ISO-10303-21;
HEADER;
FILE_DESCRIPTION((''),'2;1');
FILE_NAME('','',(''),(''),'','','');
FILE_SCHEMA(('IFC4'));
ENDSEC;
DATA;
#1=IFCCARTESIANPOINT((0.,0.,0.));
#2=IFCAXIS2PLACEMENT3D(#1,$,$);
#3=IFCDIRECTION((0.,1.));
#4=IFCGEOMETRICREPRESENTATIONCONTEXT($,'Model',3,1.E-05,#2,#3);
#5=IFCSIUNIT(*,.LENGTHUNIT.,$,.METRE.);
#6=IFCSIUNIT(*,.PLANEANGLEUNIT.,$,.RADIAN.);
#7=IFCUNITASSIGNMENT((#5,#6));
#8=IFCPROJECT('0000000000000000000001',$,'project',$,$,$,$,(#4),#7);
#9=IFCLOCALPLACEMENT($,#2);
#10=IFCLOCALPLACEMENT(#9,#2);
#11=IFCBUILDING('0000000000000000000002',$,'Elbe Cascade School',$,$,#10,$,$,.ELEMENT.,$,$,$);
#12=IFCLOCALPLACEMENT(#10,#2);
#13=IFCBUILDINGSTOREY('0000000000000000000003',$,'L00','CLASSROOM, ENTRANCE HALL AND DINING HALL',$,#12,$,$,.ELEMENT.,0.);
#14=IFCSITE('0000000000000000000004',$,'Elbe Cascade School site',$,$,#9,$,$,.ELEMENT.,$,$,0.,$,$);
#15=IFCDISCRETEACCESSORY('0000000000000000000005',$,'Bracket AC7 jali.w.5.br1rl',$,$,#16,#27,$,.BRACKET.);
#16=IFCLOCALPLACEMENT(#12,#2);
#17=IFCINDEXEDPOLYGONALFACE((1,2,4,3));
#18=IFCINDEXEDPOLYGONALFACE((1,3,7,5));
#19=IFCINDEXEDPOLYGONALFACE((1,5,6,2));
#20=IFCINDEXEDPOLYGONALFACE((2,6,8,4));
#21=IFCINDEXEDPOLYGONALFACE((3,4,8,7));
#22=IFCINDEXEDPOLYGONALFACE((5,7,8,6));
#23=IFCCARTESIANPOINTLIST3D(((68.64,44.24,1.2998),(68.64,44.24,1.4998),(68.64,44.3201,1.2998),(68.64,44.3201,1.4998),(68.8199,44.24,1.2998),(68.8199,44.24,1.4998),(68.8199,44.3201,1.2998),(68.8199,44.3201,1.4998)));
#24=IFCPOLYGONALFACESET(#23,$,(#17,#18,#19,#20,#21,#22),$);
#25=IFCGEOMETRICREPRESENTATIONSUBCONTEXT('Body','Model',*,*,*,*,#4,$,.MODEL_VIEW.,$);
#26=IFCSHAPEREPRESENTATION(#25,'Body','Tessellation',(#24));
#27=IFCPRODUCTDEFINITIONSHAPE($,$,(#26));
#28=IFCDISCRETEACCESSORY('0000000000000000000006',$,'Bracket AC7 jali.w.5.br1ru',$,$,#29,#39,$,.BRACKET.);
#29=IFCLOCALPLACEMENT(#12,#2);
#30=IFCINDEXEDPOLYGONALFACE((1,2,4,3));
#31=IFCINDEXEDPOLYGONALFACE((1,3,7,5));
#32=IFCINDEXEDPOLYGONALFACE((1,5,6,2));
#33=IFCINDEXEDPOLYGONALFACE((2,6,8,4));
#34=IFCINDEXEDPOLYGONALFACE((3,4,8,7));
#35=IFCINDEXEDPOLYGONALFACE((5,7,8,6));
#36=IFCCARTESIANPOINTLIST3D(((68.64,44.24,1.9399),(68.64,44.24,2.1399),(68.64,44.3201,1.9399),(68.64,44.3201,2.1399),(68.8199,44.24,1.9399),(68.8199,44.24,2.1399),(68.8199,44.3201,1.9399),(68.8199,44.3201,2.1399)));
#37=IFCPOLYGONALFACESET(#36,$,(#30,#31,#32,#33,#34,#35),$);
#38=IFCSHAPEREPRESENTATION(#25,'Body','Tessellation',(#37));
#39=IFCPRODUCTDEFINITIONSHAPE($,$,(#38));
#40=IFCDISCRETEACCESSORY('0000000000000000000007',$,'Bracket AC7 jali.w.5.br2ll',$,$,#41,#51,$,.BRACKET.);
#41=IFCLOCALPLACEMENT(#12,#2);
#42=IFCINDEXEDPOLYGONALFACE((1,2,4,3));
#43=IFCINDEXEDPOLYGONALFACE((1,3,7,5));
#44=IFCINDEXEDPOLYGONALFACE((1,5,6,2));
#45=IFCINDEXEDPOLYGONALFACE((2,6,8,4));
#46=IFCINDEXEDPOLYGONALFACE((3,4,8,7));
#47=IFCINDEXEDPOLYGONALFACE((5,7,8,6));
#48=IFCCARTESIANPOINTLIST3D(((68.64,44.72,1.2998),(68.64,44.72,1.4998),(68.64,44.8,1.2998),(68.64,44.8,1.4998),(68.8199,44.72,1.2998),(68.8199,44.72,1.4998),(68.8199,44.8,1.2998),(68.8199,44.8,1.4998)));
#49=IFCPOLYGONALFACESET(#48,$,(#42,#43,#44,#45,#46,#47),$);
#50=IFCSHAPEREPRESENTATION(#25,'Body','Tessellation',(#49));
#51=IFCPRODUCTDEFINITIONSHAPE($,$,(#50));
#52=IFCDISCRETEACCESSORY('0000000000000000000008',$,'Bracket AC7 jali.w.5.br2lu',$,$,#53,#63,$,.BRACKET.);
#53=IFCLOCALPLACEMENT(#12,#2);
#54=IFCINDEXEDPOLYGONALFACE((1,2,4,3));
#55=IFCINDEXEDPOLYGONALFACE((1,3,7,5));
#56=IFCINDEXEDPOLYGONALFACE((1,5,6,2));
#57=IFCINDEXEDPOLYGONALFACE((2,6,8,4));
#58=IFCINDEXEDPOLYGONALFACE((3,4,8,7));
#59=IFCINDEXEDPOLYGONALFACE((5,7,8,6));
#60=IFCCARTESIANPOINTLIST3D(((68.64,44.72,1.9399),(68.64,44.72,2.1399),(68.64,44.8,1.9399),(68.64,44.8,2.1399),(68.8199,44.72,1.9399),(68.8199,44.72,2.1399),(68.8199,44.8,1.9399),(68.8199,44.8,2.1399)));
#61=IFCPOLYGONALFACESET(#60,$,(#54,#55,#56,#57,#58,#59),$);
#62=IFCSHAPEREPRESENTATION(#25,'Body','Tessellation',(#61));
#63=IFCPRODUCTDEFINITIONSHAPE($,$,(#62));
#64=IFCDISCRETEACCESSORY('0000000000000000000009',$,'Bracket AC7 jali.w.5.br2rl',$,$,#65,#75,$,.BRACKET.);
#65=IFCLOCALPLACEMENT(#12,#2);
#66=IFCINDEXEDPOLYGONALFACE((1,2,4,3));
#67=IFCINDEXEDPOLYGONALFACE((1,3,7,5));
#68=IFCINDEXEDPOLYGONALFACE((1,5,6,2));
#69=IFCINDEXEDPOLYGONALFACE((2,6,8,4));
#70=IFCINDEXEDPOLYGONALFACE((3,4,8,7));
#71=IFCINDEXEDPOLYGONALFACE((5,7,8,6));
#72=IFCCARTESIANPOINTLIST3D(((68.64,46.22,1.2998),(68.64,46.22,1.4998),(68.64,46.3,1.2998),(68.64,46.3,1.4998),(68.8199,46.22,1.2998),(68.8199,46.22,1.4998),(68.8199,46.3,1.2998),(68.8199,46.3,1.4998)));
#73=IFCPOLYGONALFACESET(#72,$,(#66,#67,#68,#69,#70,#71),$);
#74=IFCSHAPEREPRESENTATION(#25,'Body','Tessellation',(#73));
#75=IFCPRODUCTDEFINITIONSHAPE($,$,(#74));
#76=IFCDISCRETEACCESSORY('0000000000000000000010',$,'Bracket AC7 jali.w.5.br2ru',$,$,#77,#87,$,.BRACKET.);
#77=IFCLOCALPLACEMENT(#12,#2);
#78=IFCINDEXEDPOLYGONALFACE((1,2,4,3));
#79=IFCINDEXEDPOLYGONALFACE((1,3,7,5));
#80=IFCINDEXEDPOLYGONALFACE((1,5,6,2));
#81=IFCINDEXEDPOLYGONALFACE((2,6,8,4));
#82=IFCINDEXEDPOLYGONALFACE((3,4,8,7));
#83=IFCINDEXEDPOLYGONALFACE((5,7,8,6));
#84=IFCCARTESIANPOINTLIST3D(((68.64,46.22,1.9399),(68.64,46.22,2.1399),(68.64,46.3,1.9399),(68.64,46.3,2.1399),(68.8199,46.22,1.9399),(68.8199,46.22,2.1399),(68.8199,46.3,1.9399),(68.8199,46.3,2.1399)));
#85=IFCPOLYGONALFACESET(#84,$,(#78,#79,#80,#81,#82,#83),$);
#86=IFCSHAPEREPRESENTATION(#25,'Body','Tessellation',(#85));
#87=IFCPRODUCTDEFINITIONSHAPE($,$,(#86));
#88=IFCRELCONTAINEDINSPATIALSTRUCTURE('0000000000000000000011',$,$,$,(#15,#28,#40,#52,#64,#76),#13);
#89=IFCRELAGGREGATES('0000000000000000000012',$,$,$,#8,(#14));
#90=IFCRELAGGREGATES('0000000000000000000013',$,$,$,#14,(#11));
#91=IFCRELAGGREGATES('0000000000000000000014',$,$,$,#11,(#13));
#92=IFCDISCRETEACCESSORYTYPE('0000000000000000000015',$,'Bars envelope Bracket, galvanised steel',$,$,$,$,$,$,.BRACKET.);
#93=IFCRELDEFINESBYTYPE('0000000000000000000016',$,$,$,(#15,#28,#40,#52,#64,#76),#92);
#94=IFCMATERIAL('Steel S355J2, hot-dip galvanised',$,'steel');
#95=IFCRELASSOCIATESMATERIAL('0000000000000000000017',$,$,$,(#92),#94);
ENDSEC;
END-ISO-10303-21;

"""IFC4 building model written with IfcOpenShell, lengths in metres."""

from ifc_helpers import new_model, si_unit, direction, frame, origin, origin_2d, place, context, subcontext, project, spatial, rectangle, extrude, material, type_object, element, save


model = new_model("IFC4")

# Units and contexts
model_context = context("Model", 3, precision=1e-05, world=origin(), true_north=direction((0.0, 1.0)))
body_context = subcontext(model_context, "Body", "Model", "MODEL_VIEW")
ifc_project = project(units=[si_unit("LENGTHUNIT", "METRE"), si_unit("PLANEANGLEUNIT", "RADIAN")], contexts=[model_context])

# Site, building, storey
site_placement = place(None, origin())
site = spatial("IfcSite", under=ifc_project, at=site_placement, Name="Elbe Cascade School site", CompositionType="ELEMENT", RefElevation=0.0)
building_placement = place(site_placement, origin())
building = spatial("IfcBuilding", under=site, at=building_placement, Name="Elbe Cascade School", CompositionType="ELEMENT")
storey_placement = place(building_placement, origin())
storey = spatial("IfcBuildingStorey", under=building, at=storey_placement, Name="L00", Description="CLASSROOM, ENTRANCE HALL AND DINING HALL", CompositionType="ELEMENT", Elevation=0.0)

# Discrete accessories
ifc_material_1 = material(Name="Steel S355J2, hot-dip galvanised", Category="steel")
discrete_accessory_type = type_object("IfcDiscreteAccessoryType", Name="Bars envelope Bracket, galvanised steel", PredefinedType="BRACKET", material=ifc_material_1)
for number, where, z_axis, x_axis, name in (
    (1, (68.73, 44.28, 1.2998), (0.0, 0.0, 1.0), (0.0, 1.0, 0.0), "Bracket AC7 jali.w.5.br1rl"),
    (2, (68.73, 44.28, 1.9399), (0.0, 0.0, 1.0), (0.0, 1.0, 0.0), "Bracket AC7 jali.w.5.br1ru"),
    (3, (68.73, 44.76, 1.2998), (0.0, 0.0, 1.0), (0.0, 1.0, 0.0), "Bracket AC7 jali.w.5.br2ll"),
    (4, (68.73, 44.76, 1.9399), (0.0, 0.0, 1.0), (0.0, 1.0, 0.0), "Bracket AC7 jali.w.5.br2lu"),
    (5, (68.73, 46.26, 1.2998), (0.0, 0.0, 1.0), (0.0, 1.0, 0.0), "Bracket AC7 jali.w.5.br2rl"),
    (6, (68.73, 46.26, 1.9399), (0.0, 0.0, 1.0), (0.0, 1.0, 0.0), "Bracket AC7 jali.w.5.br2ru"),
):
    element("IfcDiscreteAccessory", number, at=place(storey_placement, frame(where, z_axis=z_axis, x_axis=x_axis)), inside=storey, type_object=discrete_accessory_type, Name=name, PredefinedType="BRACKET", context=body_context, shape_type="SweptSolid", body=[
        extrude(rectangle(XDim=0.0801, YDim=0.1799, at=origin_2d()), origin(), (0.0, 0.0, 1.0), 0.2),
    ])

save(model, "model.ifc")
